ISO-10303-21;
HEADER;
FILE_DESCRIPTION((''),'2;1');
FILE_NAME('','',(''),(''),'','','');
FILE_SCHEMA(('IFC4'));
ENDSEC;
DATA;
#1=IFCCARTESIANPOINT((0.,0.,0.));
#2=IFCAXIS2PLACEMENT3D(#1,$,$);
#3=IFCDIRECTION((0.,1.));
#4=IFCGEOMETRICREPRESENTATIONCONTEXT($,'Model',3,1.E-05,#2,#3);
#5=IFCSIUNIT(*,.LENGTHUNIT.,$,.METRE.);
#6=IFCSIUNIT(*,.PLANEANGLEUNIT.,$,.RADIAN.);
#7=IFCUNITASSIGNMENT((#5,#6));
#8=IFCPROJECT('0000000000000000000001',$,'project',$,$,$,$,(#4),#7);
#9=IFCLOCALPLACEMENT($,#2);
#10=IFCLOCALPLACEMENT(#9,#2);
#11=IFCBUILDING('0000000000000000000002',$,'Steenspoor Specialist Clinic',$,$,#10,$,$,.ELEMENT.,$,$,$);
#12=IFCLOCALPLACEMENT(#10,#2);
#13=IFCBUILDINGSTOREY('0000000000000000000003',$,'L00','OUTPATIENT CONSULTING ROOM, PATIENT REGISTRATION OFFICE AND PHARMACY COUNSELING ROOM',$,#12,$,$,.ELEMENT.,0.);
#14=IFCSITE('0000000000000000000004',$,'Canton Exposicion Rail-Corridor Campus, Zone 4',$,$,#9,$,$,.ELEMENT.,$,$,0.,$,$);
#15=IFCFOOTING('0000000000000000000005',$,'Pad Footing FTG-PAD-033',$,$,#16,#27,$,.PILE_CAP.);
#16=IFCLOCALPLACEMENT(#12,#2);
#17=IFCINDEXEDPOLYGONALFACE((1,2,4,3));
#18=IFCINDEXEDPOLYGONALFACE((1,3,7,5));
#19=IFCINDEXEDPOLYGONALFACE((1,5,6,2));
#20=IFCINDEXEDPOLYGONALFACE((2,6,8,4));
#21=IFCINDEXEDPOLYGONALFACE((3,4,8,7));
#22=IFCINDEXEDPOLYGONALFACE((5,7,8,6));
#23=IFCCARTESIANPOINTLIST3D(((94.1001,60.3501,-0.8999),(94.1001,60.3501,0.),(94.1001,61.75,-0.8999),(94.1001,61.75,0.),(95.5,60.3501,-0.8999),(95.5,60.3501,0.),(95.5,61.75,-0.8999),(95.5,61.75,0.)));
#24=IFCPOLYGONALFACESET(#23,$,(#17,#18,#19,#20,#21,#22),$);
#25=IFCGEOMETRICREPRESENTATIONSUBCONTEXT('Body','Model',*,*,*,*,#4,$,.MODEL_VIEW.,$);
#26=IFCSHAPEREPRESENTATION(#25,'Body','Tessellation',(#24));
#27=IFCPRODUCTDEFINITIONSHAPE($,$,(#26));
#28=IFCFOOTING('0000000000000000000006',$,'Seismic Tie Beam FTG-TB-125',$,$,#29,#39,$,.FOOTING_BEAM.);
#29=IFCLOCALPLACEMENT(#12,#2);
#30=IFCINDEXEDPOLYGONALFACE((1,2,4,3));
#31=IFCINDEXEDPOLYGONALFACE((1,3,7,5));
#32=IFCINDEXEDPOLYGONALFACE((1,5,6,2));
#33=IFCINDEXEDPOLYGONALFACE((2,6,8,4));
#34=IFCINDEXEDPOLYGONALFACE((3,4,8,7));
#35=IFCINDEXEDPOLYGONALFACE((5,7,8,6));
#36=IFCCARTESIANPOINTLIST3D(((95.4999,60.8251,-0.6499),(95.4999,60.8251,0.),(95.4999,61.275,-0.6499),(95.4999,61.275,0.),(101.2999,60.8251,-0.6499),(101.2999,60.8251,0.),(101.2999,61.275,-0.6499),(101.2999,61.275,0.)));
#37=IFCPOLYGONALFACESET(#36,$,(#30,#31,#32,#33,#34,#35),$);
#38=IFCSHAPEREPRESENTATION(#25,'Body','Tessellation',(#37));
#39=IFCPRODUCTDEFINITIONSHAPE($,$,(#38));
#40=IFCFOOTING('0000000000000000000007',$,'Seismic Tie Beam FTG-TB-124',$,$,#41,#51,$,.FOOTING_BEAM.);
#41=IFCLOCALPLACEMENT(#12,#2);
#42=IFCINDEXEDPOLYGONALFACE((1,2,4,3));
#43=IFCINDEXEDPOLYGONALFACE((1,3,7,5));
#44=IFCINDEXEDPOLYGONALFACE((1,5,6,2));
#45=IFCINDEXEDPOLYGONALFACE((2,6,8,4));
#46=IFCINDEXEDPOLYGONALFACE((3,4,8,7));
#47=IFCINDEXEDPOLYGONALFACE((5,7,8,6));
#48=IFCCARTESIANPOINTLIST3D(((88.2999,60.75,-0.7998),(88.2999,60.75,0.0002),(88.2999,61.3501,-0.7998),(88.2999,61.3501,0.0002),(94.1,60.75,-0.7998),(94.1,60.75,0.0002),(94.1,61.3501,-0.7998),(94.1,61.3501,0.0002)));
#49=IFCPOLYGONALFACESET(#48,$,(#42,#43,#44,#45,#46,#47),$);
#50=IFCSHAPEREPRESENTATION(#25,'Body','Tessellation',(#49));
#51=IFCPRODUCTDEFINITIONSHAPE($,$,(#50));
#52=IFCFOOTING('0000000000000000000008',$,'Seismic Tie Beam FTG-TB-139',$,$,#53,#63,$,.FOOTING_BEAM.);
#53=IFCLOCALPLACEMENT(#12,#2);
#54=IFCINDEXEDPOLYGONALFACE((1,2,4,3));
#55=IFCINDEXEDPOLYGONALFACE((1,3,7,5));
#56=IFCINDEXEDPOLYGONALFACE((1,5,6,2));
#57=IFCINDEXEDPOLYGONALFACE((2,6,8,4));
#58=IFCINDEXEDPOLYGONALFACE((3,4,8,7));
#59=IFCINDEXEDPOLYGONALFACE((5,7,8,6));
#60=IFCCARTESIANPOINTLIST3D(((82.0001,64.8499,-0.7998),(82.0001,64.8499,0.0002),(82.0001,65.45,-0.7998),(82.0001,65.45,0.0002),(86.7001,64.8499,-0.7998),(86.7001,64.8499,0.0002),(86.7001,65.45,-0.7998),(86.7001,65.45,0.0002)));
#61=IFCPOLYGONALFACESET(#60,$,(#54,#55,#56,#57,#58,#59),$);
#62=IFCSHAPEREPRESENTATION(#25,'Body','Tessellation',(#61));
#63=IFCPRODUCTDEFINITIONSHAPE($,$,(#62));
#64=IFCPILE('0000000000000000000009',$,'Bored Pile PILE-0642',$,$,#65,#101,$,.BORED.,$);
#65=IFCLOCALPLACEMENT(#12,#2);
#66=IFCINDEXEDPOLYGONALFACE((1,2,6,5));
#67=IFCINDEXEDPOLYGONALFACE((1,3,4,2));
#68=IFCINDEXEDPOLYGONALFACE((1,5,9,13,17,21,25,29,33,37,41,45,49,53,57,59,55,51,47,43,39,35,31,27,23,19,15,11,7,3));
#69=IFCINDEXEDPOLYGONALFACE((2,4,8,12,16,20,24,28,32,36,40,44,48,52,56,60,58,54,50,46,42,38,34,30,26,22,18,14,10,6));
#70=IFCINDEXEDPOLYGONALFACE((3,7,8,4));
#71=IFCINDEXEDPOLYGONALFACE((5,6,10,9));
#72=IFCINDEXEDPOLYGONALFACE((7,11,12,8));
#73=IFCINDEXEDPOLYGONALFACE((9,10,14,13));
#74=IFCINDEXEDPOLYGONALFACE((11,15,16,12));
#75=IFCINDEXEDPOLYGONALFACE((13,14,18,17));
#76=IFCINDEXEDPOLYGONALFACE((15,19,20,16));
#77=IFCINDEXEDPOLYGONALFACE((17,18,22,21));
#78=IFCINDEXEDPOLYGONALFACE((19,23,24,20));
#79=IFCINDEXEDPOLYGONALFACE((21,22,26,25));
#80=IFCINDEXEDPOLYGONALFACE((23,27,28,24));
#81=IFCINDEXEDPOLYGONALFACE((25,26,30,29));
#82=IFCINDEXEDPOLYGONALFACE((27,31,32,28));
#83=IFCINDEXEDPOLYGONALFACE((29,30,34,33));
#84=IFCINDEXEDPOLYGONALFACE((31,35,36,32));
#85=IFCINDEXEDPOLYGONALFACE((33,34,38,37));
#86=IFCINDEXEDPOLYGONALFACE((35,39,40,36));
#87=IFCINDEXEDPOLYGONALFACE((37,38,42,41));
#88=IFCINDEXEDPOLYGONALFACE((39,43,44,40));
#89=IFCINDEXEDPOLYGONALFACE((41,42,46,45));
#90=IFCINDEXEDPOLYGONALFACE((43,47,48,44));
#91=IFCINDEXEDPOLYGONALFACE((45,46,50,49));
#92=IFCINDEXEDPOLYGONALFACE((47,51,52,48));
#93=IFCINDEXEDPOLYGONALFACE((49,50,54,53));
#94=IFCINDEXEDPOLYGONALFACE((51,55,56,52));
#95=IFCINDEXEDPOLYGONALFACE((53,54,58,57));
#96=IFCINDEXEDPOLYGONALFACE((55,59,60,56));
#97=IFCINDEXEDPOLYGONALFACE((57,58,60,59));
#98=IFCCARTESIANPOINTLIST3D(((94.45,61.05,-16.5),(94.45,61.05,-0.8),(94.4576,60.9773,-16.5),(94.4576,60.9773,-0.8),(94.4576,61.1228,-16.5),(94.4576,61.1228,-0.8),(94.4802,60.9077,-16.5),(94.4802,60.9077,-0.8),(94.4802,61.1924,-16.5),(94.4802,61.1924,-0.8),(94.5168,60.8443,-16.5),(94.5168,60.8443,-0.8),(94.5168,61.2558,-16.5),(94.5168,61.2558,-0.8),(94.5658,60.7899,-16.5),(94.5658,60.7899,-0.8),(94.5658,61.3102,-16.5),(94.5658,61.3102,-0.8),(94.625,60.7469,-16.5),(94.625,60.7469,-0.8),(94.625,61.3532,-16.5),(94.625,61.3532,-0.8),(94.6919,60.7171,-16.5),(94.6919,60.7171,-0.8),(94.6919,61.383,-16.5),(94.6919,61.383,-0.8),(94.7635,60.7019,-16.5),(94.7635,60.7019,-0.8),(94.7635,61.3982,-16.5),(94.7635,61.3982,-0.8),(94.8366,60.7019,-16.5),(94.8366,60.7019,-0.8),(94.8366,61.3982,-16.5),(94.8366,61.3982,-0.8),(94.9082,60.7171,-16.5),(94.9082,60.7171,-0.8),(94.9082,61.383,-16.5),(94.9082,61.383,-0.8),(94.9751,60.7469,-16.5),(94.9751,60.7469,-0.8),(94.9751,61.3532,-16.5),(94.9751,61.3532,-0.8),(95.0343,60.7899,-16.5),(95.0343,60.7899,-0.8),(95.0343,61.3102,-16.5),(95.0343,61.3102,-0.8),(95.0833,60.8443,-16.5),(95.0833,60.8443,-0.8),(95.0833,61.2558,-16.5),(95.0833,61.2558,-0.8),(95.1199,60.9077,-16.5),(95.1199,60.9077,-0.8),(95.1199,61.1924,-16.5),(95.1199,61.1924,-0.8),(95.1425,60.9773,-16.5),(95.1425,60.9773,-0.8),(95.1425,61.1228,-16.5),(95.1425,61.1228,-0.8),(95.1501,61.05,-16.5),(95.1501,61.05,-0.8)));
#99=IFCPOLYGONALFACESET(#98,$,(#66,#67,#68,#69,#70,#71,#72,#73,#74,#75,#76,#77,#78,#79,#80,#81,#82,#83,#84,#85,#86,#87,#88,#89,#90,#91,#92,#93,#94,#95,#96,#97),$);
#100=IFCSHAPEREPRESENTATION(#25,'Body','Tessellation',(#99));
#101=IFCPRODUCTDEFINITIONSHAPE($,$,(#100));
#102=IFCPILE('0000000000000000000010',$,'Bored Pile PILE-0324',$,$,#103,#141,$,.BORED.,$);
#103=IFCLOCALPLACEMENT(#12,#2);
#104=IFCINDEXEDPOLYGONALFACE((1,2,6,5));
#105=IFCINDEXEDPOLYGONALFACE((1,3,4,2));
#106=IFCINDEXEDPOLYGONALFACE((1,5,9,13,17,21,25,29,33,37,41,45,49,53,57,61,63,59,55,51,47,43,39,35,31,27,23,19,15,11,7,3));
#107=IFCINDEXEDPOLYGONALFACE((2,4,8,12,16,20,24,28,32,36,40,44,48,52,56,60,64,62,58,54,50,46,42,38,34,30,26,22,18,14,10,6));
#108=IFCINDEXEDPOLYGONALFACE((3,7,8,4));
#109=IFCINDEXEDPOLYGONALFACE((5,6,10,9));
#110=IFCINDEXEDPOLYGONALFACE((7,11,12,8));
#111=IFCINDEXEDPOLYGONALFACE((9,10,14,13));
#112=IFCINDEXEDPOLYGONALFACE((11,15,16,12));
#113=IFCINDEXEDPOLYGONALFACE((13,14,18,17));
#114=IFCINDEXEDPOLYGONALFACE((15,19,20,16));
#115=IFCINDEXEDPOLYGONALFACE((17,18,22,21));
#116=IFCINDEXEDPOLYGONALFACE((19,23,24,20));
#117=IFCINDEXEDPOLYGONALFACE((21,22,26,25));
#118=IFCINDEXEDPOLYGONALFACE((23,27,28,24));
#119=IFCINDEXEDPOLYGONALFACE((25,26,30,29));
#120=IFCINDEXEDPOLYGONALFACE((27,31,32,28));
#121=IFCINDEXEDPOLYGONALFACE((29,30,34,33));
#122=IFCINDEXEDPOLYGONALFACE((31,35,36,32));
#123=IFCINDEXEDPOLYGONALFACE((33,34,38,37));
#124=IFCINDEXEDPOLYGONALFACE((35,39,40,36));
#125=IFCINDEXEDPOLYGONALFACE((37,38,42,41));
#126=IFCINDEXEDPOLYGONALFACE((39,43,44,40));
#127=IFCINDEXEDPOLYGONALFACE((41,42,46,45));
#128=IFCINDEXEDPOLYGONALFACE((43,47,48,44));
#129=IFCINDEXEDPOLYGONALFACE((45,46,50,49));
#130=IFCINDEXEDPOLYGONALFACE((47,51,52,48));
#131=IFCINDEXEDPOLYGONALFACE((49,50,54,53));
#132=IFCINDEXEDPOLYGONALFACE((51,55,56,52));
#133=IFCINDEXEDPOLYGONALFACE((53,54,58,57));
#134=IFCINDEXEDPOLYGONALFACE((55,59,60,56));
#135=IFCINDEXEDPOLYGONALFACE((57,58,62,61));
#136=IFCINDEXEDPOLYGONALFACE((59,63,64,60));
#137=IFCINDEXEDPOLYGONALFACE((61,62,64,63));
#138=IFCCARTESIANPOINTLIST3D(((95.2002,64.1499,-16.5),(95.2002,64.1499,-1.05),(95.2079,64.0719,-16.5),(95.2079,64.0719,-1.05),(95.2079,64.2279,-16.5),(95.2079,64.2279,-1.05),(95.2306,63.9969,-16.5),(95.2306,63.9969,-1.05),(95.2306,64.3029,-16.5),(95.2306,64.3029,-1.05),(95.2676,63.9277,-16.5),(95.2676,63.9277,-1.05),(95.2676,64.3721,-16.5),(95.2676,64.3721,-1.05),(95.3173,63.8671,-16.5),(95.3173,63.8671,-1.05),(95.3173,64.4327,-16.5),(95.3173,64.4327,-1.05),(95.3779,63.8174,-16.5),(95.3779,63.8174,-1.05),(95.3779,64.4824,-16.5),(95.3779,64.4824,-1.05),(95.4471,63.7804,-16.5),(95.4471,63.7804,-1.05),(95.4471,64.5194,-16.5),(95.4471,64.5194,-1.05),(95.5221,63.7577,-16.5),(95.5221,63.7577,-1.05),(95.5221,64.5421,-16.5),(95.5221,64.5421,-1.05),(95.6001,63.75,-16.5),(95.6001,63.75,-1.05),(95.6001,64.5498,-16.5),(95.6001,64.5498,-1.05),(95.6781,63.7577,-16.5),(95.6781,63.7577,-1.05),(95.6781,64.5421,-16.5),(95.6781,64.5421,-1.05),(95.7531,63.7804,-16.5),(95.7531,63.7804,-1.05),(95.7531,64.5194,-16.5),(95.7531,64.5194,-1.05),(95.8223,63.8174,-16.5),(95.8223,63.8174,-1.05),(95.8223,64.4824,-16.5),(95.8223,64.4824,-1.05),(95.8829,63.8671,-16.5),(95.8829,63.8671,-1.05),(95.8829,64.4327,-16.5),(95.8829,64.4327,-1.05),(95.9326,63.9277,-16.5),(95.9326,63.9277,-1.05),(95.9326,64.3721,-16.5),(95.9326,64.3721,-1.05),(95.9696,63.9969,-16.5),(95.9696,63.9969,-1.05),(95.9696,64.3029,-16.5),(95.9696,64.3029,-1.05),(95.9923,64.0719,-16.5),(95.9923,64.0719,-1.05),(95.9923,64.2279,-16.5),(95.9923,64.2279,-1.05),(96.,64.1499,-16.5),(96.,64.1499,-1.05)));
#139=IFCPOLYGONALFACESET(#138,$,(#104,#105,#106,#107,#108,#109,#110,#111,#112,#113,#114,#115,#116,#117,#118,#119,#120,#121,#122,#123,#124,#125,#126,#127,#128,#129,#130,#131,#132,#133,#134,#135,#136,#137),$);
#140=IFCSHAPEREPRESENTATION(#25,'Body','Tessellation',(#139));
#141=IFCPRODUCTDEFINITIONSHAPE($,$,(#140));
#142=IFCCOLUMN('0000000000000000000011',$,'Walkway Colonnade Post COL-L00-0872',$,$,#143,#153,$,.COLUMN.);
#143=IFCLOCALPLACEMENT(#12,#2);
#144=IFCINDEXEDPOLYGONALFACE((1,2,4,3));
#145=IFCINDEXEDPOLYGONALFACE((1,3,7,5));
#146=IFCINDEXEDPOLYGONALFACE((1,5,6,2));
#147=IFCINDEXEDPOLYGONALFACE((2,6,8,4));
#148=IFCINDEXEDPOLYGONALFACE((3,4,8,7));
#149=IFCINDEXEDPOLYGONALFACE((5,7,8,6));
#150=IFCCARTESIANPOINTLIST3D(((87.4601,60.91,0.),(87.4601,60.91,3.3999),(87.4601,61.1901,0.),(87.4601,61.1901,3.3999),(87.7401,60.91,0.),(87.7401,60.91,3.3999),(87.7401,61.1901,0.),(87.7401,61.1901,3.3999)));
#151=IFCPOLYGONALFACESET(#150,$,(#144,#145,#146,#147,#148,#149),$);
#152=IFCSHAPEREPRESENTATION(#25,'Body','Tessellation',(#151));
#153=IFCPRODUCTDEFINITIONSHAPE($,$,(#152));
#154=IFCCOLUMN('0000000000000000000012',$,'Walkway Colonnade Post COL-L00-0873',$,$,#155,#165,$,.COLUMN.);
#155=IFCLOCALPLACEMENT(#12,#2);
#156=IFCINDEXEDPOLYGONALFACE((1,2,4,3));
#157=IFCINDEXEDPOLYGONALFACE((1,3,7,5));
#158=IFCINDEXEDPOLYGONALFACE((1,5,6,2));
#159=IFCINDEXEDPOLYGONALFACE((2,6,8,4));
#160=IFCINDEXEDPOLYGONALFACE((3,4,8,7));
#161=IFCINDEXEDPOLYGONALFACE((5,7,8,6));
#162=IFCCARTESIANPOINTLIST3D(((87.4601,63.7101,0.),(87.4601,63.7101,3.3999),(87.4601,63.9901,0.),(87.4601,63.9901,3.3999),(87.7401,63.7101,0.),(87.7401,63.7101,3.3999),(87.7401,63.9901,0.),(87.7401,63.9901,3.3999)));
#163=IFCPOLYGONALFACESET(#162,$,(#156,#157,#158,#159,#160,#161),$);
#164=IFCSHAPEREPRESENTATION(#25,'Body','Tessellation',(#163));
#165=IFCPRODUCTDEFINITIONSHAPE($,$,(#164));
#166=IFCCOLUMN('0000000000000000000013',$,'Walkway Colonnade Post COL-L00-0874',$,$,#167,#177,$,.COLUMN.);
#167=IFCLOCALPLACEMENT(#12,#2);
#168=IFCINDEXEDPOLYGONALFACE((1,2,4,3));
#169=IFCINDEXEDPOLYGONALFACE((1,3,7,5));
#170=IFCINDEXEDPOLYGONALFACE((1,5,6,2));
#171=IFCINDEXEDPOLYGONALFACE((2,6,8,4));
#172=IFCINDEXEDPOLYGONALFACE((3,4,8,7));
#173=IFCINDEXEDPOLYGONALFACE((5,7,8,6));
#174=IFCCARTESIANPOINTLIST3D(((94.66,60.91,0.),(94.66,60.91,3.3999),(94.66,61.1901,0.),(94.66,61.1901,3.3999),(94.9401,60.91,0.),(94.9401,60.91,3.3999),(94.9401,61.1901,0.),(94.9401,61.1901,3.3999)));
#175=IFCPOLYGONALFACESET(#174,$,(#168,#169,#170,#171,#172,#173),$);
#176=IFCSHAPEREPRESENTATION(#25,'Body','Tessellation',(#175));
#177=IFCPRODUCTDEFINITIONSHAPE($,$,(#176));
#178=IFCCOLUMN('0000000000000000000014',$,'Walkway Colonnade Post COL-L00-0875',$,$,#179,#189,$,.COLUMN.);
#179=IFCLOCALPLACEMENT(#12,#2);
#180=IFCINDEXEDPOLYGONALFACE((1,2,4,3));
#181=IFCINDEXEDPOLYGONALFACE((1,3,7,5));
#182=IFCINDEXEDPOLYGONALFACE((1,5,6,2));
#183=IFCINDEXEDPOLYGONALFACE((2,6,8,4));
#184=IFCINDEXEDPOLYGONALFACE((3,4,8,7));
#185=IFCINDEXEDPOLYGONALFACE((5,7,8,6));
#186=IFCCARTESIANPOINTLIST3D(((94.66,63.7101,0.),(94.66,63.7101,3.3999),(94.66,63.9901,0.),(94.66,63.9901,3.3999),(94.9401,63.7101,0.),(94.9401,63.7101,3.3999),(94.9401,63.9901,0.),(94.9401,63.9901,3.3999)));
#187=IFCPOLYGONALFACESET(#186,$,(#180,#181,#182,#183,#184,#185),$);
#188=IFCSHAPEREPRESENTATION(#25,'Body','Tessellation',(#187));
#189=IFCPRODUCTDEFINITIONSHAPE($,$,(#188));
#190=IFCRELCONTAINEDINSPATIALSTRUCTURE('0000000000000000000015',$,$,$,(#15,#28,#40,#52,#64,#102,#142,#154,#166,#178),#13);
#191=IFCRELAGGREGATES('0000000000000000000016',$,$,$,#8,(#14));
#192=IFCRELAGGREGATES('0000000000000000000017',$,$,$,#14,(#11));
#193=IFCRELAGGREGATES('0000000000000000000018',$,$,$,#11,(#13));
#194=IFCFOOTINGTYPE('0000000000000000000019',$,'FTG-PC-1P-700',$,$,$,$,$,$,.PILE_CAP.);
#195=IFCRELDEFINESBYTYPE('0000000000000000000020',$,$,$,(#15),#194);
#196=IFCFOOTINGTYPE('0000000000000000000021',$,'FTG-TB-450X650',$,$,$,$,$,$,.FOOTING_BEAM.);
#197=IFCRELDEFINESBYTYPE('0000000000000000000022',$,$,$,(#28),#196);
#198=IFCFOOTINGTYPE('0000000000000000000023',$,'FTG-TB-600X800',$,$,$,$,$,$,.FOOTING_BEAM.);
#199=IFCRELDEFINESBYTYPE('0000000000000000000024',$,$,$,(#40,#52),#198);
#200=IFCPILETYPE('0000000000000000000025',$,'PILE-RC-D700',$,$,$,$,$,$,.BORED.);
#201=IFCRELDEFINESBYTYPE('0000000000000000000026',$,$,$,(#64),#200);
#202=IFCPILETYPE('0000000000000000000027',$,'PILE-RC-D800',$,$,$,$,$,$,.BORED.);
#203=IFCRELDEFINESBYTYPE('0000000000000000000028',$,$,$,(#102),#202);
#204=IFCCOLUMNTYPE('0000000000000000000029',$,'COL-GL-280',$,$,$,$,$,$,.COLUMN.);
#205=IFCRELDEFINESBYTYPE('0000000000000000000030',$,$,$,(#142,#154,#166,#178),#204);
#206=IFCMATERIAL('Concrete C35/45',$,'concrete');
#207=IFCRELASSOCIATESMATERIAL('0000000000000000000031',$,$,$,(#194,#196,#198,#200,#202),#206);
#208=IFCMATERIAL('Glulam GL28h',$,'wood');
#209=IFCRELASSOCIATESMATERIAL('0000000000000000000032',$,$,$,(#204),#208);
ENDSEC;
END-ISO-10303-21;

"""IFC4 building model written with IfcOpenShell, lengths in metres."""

from ifc_helpers import new_model, si_unit, direction, frame, origin, origin_2d, place, context, subcontext, project, spatial, rectangle, circle, extrude, material, material_profile, profile_set, type_object, element, save


model = new_model("IFC4")

# Units and contexts
model_context = context("Model", 3, precision=1e-05, world=origin(), true_north=direction((0.0, 1.0)))
body_context = subcontext(model_context, "Body", "Model", "MODEL_VIEW")
ifc_project = project(units=[si_unit("LENGTHUNIT", "METRE"), si_unit("PLANEANGLEUNIT", "RADIAN")], contexts=[model_context])

# Site, building, storey
site_placement = place(None, origin())
site = spatial("IfcSite", under=ifc_project, at=site_placement, Name="Canton Exposicion Rail-Corridor Campus, Zone 4", CompositionType="ELEMENT", RefElevation=0.0)
building_placement = place(site_placement, origin())
building = spatial("IfcBuilding", under=site, at=building_placement, Name="Steenspoor Specialist Clinic", CompositionType="ELEMENT")
storey_placement = place(building_placement, origin())
storey = spatial("IfcBuildingStorey", under=building, at=storey_placement, Name="L00", Description="OUTPATIENT CONSULTING ROOM, PATIENT REGISTRATION OFFICE AND PHARMACY COUNSELING ROOM", CompositionType="ELEMENT", Elevation=0.0)

# Footings
ifc_material_1 = material(Name="Concrete C35/45", Category="concrete")
footing_type_1 = type_object("IfcFootingType", Name="FTG-PC-1P-700", PredefinedType="PILE_CAP", material=ifc_material_1)
footing_1_placement = place(storey_placement, frame((94.8, 61.05, -0.8999), z_axis=(0.0, 0.0, 1.0), x_axis=(1.0, 0.0, 0.0)))
element("IfcFooting", 1, at=footing_1_placement, inside=storey, type_object=footing_type_1, Name="Pad Footing FTG-PAD-033", PredefinedType="PILE_CAP", context=body_context, shape_type="SweptSolid", body=[
    extrude(rectangle(XDim=1.3999, YDim=1.3999, at=origin_2d()), origin(), (0.0, 0.0, 1.0), 0.8999),
])
footing_type_2 = type_object("IfcFootingType", Name="FTG-TB-450X650", PredefinedType="FOOTING_BEAM", material=ifc_material_1)
footing_2_placement = place(storey_placement, frame((98.3999, 61.05, -0.6499), z_axis=(0.0, 0.0, 1.0), x_axis=(1.0, 0.0, 0.0)))
element("IfcFooting", 2, at=footing_2_placement, inside=storey, type_object=footing_type_2, Name="Seismic Tie Beam FTG-TB-125", PredefinedType="FOOTING_BEAM", context=body_context, shape_type="SweptSolid", body=[
    extrude(rectangle(XDim=5.8, YDim=0.45, at=origin_2d()), origin(), (0.0, 0.0, 1.0), 0.6499),
])
footing_type_3 = type_object("IfcFootingType", Name="FTG-TB-600X800", PredefinedType="FOOTING_BEAM", material=ifc_material_1)
footing_3_placement = place(storey_placement, frame((91.2, 61.05, -0.7998), z_axis=(0.0, 0.0, 1.0), x_axis=(1.0, 0.0, 0.0)))
element("IfcFooting", 3, at=footing_3_placement, inside=storey, type_object=footing_type_3, Name="Seismic Tie Beam FTG-TB-124", PredefinedType="FOOTING_BEAM", context=body_context, shape_type="SweptSolid", body=[
    extrude(rectangle(XDim=5.8, YDim=0.6001, at=origin_2d()), origin(), (0.0, 0.0, 1.0), 0.8),
])
footing_4_placement = place(storey_placement, frame((84.3501, 65.1499, -0.7998), z_axis=(0.0, 0.0, 1.0), x_axis=(1.0, 0.0, 0.0)))
element("IfcFooting", 4, at=footing_4_placement, inside=storey, type_object=footing_type_3, Name="Seismic Tie Beam FTG-TB-139", PredefinedType="FOOTING_BEAM", context=body_context, shape_type="SweptSolid", body=[
    extrude(rectangle(XDim=4.7, YDim=0.6001, at=origin_2d()), origin(), (0.0, 0.0, 1.0), 0.8),
])

# Piles
ifc_material_profile_1 = material_profile(ifc_material_1, circle(Radius=0.3501, at=origin_2d()), Name="PILE-D700")
ifc_profile_set_1 = profile_set([ifc_material_profile_1], Name="Concrete C35/45")
pile_type_1 = type_object("IfcPileType", Name="PILE-RC-D700", PredefinedType="BORED", material=ifc_profile_set_1)
pile_1_placement = place(storey_placement, frame((94.8, 61.05, -0.8), z_axis=(0.0, 0.0, -1.0), x_axis=(1.0, 0.0, 0.0)))
element("IfcPile", 5, at=pile_1_placement, inside=storey, type_object=pile_type_1, Name="Bored Pile PILE-0642", PredefinedType="BORED", context=body_context, shape_type="SweptSolid", body=[
    extrude(circle(Radius=0.3501, at=origin_2d()), origin(), (0.0, 0.0, 1.0), 15.7),
])
ifc_material_profile_2 = material_profile(ifc_material_1, circle(Radius=0.3999, at=origin_2d()), Name="PILE-D800")
ifc_profile_set_2 = profile_set([ifc_material_profile_2], Name="Concrete C35/45")
pile_type_2 = type_object("IfcPileType", Name="PILE-RC-D800", PredefinedType="BORED", material=ifc_profile_set_2)
pile_2_placement = place(storey_placement, frame((95.6001, 64.1499, -1.05), z_axis=(0.0, 0.0, -1.0), x_axis=(1.0, 0.0, 0.0)))
element("IfcPile", 6, at=pile_2_placement, inside=storey, type_object=pile_type_2, Name="Bored Pile PILE-0324", PredefinedType="BORED", context=body_context, shape_type="SweptSolid", body=[
    extrude(circle(Radius=0.3999, at=origin_2d()), origin(), (0.0, 0.0, 1.0), 15.45),
])

# Columns
ifc_material_2 = material(Name="Glulam GL28h", Category="wood")
ifc_material_profile_3 = material_profile(ifc_material_2, rectangle(XDim=0.28, YDim=0.28, at=origin_2d()), Name="GL28H-280X280")
ifc_profile_set_3 = profile_set([ifc_material_profile_3], Name="Glulam GL28h")
column_type = type_object("IfcColumnType", Name="COL-GL-280", PredefinedType="COLUMN", material=ifc_profile_set_3)
for number, where, z_axis, x_axis, name in (
    (7, (87.6001, 61.05, 0.0), (0.0, 0.0, 1.0), (1.0, 0.0, 0.0), "Walkway Colonnade Post COL-L00-0872"),
    (8, (87.6001, 63.8501, 0.0), (0.0, 0.0, 1.0), (1.0, 0.0, 0.0), "Walkway Colonnade Post COL-L00-0873"),
    (9, (94.8, 61.05, 0.0), (0.0, 0.0, 1.0), (1.0, 0.0, 0.0), "Walkway Colonnade Post COL-L00-0874"),
    (10, (94.8, 63.8501, 0.0), (0.0, 0.0, 1.0), (1.0, 0.0, 0.0), "Walkway Colonnade Post COL-L00-0875"),
):
    element("IfcColumn", number, at=place(storey_placement, frame(where, z_axis=z_axis, x_axis=x_axis)), inside=storey, type_object=column_type, Name=name, PredefinedType="COLUMN", context=body_context, shape_type="SweptSolid", body=[
        extrude(rectangle(XDim=0.28, YDim=0.28, at=origin_2d()), origin(), (0.0, 0.0, 1.0), 3.3999),
    ])

save(model, "model.ifc")
